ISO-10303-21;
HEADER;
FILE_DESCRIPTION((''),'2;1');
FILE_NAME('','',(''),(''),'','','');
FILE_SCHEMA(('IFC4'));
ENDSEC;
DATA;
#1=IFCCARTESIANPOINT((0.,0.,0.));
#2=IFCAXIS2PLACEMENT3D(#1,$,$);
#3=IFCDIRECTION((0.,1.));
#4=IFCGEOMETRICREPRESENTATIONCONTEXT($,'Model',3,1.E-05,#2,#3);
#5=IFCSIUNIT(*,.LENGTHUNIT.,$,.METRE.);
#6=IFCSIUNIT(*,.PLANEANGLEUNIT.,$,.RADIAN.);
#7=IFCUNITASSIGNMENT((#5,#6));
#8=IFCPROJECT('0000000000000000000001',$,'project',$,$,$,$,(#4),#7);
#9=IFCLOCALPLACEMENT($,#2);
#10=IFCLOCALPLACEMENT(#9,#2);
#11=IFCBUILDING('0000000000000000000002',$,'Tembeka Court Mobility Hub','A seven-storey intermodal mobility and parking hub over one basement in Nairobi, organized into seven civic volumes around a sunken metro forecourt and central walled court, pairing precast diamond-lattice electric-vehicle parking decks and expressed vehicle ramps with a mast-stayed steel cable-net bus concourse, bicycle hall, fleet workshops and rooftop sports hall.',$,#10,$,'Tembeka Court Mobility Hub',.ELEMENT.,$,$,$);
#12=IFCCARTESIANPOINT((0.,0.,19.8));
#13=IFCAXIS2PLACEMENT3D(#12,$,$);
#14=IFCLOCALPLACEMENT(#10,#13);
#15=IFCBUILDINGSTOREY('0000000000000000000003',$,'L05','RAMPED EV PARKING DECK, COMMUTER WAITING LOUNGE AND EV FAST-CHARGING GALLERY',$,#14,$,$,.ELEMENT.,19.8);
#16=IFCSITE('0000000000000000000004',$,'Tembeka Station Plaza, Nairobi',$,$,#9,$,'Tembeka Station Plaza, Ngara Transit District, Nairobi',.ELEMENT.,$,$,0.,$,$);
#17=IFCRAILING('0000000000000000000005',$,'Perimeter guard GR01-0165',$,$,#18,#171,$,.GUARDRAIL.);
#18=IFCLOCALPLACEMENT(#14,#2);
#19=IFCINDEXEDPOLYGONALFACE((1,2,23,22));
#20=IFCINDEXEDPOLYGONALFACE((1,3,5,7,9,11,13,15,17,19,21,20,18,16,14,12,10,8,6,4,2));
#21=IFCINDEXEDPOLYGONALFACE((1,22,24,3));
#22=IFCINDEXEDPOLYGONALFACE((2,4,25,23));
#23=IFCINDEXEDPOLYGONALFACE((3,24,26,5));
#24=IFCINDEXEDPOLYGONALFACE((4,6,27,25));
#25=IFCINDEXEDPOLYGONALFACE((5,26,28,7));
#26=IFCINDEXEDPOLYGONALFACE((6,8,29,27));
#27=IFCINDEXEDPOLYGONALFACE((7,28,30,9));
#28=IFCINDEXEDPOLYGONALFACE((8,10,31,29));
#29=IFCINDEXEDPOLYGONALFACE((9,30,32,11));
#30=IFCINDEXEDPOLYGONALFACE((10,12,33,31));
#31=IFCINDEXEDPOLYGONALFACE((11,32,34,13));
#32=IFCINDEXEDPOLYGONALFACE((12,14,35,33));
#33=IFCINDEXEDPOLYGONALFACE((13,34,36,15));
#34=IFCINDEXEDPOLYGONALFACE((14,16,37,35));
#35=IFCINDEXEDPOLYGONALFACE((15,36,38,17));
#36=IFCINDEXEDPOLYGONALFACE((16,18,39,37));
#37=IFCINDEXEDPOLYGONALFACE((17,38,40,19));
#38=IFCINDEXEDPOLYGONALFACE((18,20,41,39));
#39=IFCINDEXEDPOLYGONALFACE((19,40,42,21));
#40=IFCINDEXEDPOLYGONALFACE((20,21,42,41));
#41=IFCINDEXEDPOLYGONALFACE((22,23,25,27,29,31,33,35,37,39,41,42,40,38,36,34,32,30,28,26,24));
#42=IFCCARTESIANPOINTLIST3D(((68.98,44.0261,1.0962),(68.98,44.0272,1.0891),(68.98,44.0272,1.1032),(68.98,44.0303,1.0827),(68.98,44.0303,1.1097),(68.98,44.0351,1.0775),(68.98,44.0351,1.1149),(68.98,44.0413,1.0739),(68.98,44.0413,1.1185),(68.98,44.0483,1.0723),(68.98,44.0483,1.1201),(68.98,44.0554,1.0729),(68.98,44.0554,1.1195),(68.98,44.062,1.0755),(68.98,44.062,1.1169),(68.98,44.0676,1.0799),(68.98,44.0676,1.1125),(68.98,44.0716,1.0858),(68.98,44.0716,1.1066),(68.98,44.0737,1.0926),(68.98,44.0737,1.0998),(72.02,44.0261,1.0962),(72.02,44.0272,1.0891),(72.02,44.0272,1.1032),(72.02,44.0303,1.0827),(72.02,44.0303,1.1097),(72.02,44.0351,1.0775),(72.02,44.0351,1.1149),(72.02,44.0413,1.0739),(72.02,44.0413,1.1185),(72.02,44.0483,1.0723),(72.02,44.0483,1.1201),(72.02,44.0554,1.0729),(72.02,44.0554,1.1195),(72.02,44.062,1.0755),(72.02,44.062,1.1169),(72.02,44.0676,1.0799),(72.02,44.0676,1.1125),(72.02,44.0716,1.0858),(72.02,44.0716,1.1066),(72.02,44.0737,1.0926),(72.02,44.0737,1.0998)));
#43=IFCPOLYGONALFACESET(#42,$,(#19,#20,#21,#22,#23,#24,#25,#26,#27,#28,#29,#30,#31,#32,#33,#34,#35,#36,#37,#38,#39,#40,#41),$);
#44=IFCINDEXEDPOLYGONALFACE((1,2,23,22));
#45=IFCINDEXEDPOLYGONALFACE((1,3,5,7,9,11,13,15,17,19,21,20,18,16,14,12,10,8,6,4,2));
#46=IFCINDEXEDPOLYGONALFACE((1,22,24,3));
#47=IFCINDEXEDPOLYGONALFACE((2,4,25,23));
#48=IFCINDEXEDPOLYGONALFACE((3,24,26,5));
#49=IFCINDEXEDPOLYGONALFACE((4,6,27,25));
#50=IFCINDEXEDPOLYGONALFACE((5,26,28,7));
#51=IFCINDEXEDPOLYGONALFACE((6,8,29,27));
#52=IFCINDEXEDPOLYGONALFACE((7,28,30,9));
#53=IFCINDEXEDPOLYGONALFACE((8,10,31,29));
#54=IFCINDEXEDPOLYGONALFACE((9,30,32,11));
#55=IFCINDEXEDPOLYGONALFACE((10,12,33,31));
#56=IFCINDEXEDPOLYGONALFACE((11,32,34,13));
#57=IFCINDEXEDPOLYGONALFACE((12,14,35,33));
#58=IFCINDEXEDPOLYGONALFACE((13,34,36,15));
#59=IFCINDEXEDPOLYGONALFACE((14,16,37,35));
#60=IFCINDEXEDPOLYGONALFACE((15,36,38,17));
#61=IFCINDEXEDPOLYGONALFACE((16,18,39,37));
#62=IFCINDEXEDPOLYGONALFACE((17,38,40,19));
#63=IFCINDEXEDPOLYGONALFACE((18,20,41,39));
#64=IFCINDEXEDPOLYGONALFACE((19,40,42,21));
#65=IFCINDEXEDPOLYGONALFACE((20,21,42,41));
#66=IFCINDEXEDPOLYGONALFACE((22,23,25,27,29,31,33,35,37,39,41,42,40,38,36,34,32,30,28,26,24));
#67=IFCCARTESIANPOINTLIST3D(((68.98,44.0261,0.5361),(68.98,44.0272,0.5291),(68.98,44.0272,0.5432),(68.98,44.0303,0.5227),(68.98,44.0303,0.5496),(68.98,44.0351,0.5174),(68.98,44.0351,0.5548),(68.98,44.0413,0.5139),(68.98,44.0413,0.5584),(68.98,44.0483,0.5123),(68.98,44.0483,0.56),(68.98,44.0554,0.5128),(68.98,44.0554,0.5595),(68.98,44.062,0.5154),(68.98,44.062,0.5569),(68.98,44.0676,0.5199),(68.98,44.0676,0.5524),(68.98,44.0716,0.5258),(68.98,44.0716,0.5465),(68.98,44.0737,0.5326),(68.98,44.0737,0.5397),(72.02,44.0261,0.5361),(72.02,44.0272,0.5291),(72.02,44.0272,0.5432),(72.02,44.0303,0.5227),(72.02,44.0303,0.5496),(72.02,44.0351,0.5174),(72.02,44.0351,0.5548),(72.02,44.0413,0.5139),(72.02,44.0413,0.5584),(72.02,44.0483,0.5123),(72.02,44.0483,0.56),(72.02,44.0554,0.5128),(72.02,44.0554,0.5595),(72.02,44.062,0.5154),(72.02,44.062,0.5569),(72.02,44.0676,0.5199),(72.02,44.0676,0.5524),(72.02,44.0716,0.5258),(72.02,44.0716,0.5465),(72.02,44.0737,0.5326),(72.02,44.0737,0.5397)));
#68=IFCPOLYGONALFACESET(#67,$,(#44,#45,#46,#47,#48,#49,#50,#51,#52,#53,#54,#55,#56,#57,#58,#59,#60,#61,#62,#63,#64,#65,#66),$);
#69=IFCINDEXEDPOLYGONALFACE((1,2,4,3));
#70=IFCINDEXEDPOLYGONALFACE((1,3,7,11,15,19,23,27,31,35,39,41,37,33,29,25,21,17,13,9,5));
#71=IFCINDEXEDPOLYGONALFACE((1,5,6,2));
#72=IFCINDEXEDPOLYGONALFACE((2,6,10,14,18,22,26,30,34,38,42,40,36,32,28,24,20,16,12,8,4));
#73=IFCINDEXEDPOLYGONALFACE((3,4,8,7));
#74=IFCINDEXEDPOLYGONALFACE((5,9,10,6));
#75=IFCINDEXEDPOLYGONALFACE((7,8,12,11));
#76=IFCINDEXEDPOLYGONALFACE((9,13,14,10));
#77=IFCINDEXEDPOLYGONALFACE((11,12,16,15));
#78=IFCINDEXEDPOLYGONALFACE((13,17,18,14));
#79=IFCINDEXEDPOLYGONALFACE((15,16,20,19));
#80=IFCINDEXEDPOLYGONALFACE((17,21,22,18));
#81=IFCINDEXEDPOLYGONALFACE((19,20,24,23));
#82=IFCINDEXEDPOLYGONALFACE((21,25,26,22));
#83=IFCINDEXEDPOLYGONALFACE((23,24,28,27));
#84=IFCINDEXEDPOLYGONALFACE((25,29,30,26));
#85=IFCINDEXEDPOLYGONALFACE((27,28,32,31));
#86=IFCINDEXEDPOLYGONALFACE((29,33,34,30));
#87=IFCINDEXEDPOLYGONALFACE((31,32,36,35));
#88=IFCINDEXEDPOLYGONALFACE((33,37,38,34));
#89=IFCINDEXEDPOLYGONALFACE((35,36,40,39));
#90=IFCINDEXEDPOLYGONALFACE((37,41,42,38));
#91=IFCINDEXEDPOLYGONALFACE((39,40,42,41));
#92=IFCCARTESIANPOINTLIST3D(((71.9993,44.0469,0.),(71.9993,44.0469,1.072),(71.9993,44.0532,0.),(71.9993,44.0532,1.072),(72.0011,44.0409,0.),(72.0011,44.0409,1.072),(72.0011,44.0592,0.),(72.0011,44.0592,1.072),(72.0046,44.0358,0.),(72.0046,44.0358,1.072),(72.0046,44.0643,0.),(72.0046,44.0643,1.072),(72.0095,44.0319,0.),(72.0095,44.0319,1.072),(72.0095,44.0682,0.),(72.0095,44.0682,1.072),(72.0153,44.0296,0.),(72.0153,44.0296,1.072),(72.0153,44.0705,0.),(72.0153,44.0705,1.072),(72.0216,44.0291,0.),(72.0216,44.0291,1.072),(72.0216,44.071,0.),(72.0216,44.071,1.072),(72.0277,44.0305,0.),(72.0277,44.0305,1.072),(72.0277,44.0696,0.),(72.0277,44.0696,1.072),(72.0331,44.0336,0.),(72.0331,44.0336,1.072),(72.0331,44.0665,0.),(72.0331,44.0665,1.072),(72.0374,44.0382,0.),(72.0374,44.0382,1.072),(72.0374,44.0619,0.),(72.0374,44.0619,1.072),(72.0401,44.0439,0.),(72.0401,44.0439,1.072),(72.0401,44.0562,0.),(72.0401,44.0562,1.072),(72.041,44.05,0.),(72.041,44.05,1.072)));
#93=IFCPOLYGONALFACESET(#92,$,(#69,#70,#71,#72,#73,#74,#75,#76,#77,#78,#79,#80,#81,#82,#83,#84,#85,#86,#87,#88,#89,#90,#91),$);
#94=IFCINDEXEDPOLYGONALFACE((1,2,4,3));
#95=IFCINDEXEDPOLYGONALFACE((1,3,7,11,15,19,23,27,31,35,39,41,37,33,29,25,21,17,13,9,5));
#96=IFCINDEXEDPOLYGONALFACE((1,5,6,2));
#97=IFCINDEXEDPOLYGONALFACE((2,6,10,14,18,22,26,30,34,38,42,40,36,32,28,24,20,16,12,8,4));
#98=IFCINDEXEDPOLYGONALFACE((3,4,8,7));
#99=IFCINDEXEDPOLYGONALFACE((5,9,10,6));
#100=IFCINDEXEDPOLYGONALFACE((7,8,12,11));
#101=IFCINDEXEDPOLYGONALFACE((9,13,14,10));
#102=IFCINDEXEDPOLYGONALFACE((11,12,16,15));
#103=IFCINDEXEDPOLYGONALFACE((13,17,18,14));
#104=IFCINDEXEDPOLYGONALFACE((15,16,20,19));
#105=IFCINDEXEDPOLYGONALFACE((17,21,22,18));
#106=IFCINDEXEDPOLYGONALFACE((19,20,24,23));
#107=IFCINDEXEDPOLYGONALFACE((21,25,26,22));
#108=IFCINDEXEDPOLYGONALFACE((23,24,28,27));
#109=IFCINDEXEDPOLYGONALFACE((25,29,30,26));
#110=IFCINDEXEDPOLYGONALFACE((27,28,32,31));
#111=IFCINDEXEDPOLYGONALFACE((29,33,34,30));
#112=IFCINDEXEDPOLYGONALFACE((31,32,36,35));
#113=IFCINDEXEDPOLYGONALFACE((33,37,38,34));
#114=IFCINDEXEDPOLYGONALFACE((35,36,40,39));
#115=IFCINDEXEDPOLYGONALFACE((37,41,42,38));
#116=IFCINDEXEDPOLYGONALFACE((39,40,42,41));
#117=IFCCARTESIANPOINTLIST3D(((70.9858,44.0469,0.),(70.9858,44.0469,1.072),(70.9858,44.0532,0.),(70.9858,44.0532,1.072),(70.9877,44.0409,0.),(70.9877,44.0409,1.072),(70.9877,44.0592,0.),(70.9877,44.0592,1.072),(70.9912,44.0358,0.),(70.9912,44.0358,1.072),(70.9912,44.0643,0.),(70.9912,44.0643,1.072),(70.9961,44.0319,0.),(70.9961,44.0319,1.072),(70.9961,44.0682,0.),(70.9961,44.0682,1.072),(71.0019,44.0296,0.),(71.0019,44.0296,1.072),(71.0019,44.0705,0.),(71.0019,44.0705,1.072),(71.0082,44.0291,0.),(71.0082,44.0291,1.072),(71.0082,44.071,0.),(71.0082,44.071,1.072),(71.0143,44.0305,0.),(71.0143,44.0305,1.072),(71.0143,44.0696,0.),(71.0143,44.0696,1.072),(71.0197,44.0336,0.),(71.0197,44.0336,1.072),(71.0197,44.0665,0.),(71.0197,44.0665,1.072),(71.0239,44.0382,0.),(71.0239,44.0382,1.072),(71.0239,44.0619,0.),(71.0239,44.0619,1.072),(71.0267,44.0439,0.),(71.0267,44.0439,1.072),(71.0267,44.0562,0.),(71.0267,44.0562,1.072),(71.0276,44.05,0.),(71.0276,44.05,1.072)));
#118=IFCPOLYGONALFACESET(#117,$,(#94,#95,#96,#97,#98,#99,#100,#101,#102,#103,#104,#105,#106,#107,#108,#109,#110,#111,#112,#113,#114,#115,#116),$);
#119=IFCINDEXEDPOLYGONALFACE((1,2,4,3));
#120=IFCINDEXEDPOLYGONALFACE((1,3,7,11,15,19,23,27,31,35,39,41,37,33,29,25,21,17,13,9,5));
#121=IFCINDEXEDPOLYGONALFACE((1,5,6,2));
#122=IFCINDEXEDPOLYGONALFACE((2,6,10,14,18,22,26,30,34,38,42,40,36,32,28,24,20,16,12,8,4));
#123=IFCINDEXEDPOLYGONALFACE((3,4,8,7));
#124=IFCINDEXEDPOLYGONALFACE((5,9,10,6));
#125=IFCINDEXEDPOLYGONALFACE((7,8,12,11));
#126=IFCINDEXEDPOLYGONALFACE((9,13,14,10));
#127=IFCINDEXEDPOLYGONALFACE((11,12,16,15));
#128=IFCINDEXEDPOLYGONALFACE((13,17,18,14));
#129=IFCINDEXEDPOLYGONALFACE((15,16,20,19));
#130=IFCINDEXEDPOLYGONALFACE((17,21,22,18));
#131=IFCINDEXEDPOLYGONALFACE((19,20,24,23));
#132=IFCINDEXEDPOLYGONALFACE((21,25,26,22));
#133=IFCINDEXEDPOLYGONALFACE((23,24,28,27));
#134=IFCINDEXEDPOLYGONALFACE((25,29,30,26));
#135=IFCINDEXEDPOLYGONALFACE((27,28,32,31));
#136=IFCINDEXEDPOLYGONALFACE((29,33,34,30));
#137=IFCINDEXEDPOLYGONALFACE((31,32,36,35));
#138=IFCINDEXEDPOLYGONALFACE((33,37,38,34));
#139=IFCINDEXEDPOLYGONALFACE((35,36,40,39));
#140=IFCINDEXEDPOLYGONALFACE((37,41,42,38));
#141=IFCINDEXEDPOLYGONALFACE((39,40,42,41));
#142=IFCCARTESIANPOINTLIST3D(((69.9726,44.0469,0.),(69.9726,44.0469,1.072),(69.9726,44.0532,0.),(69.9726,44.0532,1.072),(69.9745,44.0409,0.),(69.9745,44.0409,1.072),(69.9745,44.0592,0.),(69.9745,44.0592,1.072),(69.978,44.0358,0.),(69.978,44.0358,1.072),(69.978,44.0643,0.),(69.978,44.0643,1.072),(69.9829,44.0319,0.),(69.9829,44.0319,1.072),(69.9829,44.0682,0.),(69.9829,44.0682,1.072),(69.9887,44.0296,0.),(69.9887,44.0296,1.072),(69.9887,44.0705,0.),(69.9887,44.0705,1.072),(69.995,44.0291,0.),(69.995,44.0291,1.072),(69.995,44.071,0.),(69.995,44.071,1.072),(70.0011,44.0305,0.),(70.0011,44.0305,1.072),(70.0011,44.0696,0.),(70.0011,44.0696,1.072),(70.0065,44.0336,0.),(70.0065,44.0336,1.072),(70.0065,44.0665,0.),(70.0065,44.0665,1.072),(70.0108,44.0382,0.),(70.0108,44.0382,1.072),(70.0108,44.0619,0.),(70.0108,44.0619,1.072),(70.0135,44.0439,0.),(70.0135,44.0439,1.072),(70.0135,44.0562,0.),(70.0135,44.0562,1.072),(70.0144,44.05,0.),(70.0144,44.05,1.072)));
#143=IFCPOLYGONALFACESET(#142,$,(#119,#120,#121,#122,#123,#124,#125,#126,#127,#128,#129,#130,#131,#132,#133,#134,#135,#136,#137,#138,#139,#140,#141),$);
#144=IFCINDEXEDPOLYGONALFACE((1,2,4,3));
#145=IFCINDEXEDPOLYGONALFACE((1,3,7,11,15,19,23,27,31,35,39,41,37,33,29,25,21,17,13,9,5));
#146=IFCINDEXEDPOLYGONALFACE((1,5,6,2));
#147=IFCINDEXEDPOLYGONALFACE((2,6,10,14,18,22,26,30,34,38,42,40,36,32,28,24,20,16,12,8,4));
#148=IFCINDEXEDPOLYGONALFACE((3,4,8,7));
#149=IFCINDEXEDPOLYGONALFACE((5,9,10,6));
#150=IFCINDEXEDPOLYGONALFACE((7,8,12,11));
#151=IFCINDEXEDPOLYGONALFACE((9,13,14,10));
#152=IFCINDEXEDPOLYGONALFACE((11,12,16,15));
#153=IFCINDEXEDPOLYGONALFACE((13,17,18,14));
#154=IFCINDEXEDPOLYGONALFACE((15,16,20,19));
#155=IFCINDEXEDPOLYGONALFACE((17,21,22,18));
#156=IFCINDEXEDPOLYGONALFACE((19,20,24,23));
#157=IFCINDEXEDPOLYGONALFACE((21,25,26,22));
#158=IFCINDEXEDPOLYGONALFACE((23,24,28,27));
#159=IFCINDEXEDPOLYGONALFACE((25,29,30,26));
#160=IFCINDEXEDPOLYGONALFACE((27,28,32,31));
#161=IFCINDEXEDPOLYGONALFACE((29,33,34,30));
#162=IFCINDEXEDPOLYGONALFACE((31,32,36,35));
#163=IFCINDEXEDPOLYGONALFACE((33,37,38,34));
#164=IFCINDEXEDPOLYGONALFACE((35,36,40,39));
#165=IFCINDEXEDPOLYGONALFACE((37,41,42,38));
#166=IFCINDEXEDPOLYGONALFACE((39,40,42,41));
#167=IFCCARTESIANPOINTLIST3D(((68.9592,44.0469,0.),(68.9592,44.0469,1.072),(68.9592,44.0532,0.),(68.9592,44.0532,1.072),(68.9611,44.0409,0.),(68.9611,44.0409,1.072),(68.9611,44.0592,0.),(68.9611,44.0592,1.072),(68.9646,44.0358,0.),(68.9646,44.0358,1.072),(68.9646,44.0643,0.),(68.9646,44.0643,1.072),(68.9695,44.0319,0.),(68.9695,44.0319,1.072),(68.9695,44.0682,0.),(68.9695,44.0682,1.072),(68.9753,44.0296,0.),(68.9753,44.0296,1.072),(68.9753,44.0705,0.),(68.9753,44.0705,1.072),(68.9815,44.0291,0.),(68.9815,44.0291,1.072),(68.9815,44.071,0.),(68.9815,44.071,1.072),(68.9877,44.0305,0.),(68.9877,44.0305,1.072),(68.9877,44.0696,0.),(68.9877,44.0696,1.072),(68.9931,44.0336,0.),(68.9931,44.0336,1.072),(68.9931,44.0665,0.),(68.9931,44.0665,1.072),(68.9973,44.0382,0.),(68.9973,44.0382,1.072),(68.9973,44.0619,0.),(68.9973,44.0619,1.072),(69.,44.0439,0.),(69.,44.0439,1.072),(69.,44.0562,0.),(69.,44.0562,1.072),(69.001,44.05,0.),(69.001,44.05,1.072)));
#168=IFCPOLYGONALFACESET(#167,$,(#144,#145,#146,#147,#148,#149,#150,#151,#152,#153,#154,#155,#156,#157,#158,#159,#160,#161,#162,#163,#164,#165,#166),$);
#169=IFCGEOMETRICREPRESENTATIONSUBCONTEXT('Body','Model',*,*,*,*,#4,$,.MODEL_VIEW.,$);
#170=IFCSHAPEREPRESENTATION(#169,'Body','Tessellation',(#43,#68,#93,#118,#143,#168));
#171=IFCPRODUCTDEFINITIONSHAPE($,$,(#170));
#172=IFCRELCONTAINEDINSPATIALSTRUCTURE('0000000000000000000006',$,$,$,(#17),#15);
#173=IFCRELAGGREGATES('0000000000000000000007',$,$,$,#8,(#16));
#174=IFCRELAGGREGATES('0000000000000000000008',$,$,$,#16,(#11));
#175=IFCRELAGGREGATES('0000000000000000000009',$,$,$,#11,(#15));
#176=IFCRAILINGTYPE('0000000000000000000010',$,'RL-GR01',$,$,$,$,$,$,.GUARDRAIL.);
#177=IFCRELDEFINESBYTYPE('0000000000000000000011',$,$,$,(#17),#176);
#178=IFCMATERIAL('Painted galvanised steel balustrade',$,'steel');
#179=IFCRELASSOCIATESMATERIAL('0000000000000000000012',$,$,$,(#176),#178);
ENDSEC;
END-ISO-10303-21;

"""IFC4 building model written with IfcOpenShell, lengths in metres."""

from ifc_helpers import new_model, si_unit, direction, frame, origin, origin_2d, place, context, subcontext, project, spatial, circle, extrude, material, type_object, element, save


model = new_model("IFC4")

# Units and contexts
model_context = context("Model", 3, precision=1e-05, world=origin(), true_north=direction((0.0, 1.0)))
body_context = subcontext(model_context, "Body", "Model", "MODEL_VIEW")
ifc_project = project(units=[si_unit("LENGTHUNIT", "METRE"), si_unit("PLANEANGLEUNIT", "RADIAN")], contexts=[model_context])

# Site, building, storey
site_placement = place(None, origin())
site = spatial("IfcSite", under=ifc_project, at=site_placement, Name="Tembeka Station Plaza, Nairobi", LongName="Tembeka Station Plaza, Ngara Transit District, Nairobi", CompositionType="ELEMENT", RefElevation=0.0)
building_placement = place(site_placement, origin())
building = spatial("IfcBuilding", under=site, at=building_placement, Name="Tembeka Court Mobility Hub", Description="A seven-storey intermodal mobility and parking hub over one basement in Nairobi, organized into seven civic volumes around a sunken metro forecourt and central walled court, pairing precast diamond-lattice electric-vehicle parking decks and expressed vehicle ramps with a mast-stayed steel cable-net bus concourse, bicycle hall, fleet workshops and rooftop sports hall.", LongName="Tembeka Court Mobility Hub", CompositionType="ELEMENT")
storey_placement = place(building_placement, frame((0.0, 0.0, 19.8)))
storey = spatial("IfcBuildingStorey", under=building, at=storey_placement, Name="L05", Description="RAMPED EV PARKING DECK, COMMUTER WAITING LOUNGE AND EV FAST-CHARGING GALLERY", CompositionType="ELEMENT", Elevation=19.8)

# Railing
ifc_material_1 = material(Name="Painted galvanised steel balustrade", Category="steel")
railing_type = type_object("IfcRailingType", Name="RL-GR01", PredefinedType="GUARDRAIL", material=ifc_material_1)
railing_1_placement = place(storey_placement, frame((72.02, 44.05, 0.0)))
element("IfcRailing", 1, at=railing_1_placement, inside=storey, type_object=railing_type, Name="Perimeter guard GR01-0165", PredefinedType="GUARDRAIL", context=body_context, shape_type="SweptSolid", body=[
    extrude(circle(Radius=0.0239, at=origin_2d()), frame((0.0, 0.0, 1.0962), z_axis=(-1.0, 0.0, 0.0), x_axis=(0.0, -1.0, 0.0)), (0.0, 0.0, 1.0), 3.04),
    extrude(circle(Radius=0.0239, at=origin_2d()), frame((0.0, 0.0, 0.5361), z_axis=(-1.0, 0.0, 0.0), x_axis=(0.0, -1.0, 0.0)), (0.0, 0.0, 1.0), 3.04),
    extrude(circle(Radius=0.021, at=origin_2d()), origin(), (0.0, 0.0, 1.0), 1.072),
    extrude(circle(Radius=0.021, at=origin_2d()), frame((-1.0134, 0.0, 0.0)), (0.0, 0.0, 1.0), 1.072),
    extrude(circle(Radius=0.021, at=origin_2d()), frame((-2.0266, 0.0, 0.0)), (0.0, 0.0, 1.0), 1.072),
    extrude(circle(Radius=0.021, at=origin_2d()), frame((-3.04, 0.0, 0.0)), (0.0, 0.0, 1.0), 1.072),
])

save(model, "model.ifc")
